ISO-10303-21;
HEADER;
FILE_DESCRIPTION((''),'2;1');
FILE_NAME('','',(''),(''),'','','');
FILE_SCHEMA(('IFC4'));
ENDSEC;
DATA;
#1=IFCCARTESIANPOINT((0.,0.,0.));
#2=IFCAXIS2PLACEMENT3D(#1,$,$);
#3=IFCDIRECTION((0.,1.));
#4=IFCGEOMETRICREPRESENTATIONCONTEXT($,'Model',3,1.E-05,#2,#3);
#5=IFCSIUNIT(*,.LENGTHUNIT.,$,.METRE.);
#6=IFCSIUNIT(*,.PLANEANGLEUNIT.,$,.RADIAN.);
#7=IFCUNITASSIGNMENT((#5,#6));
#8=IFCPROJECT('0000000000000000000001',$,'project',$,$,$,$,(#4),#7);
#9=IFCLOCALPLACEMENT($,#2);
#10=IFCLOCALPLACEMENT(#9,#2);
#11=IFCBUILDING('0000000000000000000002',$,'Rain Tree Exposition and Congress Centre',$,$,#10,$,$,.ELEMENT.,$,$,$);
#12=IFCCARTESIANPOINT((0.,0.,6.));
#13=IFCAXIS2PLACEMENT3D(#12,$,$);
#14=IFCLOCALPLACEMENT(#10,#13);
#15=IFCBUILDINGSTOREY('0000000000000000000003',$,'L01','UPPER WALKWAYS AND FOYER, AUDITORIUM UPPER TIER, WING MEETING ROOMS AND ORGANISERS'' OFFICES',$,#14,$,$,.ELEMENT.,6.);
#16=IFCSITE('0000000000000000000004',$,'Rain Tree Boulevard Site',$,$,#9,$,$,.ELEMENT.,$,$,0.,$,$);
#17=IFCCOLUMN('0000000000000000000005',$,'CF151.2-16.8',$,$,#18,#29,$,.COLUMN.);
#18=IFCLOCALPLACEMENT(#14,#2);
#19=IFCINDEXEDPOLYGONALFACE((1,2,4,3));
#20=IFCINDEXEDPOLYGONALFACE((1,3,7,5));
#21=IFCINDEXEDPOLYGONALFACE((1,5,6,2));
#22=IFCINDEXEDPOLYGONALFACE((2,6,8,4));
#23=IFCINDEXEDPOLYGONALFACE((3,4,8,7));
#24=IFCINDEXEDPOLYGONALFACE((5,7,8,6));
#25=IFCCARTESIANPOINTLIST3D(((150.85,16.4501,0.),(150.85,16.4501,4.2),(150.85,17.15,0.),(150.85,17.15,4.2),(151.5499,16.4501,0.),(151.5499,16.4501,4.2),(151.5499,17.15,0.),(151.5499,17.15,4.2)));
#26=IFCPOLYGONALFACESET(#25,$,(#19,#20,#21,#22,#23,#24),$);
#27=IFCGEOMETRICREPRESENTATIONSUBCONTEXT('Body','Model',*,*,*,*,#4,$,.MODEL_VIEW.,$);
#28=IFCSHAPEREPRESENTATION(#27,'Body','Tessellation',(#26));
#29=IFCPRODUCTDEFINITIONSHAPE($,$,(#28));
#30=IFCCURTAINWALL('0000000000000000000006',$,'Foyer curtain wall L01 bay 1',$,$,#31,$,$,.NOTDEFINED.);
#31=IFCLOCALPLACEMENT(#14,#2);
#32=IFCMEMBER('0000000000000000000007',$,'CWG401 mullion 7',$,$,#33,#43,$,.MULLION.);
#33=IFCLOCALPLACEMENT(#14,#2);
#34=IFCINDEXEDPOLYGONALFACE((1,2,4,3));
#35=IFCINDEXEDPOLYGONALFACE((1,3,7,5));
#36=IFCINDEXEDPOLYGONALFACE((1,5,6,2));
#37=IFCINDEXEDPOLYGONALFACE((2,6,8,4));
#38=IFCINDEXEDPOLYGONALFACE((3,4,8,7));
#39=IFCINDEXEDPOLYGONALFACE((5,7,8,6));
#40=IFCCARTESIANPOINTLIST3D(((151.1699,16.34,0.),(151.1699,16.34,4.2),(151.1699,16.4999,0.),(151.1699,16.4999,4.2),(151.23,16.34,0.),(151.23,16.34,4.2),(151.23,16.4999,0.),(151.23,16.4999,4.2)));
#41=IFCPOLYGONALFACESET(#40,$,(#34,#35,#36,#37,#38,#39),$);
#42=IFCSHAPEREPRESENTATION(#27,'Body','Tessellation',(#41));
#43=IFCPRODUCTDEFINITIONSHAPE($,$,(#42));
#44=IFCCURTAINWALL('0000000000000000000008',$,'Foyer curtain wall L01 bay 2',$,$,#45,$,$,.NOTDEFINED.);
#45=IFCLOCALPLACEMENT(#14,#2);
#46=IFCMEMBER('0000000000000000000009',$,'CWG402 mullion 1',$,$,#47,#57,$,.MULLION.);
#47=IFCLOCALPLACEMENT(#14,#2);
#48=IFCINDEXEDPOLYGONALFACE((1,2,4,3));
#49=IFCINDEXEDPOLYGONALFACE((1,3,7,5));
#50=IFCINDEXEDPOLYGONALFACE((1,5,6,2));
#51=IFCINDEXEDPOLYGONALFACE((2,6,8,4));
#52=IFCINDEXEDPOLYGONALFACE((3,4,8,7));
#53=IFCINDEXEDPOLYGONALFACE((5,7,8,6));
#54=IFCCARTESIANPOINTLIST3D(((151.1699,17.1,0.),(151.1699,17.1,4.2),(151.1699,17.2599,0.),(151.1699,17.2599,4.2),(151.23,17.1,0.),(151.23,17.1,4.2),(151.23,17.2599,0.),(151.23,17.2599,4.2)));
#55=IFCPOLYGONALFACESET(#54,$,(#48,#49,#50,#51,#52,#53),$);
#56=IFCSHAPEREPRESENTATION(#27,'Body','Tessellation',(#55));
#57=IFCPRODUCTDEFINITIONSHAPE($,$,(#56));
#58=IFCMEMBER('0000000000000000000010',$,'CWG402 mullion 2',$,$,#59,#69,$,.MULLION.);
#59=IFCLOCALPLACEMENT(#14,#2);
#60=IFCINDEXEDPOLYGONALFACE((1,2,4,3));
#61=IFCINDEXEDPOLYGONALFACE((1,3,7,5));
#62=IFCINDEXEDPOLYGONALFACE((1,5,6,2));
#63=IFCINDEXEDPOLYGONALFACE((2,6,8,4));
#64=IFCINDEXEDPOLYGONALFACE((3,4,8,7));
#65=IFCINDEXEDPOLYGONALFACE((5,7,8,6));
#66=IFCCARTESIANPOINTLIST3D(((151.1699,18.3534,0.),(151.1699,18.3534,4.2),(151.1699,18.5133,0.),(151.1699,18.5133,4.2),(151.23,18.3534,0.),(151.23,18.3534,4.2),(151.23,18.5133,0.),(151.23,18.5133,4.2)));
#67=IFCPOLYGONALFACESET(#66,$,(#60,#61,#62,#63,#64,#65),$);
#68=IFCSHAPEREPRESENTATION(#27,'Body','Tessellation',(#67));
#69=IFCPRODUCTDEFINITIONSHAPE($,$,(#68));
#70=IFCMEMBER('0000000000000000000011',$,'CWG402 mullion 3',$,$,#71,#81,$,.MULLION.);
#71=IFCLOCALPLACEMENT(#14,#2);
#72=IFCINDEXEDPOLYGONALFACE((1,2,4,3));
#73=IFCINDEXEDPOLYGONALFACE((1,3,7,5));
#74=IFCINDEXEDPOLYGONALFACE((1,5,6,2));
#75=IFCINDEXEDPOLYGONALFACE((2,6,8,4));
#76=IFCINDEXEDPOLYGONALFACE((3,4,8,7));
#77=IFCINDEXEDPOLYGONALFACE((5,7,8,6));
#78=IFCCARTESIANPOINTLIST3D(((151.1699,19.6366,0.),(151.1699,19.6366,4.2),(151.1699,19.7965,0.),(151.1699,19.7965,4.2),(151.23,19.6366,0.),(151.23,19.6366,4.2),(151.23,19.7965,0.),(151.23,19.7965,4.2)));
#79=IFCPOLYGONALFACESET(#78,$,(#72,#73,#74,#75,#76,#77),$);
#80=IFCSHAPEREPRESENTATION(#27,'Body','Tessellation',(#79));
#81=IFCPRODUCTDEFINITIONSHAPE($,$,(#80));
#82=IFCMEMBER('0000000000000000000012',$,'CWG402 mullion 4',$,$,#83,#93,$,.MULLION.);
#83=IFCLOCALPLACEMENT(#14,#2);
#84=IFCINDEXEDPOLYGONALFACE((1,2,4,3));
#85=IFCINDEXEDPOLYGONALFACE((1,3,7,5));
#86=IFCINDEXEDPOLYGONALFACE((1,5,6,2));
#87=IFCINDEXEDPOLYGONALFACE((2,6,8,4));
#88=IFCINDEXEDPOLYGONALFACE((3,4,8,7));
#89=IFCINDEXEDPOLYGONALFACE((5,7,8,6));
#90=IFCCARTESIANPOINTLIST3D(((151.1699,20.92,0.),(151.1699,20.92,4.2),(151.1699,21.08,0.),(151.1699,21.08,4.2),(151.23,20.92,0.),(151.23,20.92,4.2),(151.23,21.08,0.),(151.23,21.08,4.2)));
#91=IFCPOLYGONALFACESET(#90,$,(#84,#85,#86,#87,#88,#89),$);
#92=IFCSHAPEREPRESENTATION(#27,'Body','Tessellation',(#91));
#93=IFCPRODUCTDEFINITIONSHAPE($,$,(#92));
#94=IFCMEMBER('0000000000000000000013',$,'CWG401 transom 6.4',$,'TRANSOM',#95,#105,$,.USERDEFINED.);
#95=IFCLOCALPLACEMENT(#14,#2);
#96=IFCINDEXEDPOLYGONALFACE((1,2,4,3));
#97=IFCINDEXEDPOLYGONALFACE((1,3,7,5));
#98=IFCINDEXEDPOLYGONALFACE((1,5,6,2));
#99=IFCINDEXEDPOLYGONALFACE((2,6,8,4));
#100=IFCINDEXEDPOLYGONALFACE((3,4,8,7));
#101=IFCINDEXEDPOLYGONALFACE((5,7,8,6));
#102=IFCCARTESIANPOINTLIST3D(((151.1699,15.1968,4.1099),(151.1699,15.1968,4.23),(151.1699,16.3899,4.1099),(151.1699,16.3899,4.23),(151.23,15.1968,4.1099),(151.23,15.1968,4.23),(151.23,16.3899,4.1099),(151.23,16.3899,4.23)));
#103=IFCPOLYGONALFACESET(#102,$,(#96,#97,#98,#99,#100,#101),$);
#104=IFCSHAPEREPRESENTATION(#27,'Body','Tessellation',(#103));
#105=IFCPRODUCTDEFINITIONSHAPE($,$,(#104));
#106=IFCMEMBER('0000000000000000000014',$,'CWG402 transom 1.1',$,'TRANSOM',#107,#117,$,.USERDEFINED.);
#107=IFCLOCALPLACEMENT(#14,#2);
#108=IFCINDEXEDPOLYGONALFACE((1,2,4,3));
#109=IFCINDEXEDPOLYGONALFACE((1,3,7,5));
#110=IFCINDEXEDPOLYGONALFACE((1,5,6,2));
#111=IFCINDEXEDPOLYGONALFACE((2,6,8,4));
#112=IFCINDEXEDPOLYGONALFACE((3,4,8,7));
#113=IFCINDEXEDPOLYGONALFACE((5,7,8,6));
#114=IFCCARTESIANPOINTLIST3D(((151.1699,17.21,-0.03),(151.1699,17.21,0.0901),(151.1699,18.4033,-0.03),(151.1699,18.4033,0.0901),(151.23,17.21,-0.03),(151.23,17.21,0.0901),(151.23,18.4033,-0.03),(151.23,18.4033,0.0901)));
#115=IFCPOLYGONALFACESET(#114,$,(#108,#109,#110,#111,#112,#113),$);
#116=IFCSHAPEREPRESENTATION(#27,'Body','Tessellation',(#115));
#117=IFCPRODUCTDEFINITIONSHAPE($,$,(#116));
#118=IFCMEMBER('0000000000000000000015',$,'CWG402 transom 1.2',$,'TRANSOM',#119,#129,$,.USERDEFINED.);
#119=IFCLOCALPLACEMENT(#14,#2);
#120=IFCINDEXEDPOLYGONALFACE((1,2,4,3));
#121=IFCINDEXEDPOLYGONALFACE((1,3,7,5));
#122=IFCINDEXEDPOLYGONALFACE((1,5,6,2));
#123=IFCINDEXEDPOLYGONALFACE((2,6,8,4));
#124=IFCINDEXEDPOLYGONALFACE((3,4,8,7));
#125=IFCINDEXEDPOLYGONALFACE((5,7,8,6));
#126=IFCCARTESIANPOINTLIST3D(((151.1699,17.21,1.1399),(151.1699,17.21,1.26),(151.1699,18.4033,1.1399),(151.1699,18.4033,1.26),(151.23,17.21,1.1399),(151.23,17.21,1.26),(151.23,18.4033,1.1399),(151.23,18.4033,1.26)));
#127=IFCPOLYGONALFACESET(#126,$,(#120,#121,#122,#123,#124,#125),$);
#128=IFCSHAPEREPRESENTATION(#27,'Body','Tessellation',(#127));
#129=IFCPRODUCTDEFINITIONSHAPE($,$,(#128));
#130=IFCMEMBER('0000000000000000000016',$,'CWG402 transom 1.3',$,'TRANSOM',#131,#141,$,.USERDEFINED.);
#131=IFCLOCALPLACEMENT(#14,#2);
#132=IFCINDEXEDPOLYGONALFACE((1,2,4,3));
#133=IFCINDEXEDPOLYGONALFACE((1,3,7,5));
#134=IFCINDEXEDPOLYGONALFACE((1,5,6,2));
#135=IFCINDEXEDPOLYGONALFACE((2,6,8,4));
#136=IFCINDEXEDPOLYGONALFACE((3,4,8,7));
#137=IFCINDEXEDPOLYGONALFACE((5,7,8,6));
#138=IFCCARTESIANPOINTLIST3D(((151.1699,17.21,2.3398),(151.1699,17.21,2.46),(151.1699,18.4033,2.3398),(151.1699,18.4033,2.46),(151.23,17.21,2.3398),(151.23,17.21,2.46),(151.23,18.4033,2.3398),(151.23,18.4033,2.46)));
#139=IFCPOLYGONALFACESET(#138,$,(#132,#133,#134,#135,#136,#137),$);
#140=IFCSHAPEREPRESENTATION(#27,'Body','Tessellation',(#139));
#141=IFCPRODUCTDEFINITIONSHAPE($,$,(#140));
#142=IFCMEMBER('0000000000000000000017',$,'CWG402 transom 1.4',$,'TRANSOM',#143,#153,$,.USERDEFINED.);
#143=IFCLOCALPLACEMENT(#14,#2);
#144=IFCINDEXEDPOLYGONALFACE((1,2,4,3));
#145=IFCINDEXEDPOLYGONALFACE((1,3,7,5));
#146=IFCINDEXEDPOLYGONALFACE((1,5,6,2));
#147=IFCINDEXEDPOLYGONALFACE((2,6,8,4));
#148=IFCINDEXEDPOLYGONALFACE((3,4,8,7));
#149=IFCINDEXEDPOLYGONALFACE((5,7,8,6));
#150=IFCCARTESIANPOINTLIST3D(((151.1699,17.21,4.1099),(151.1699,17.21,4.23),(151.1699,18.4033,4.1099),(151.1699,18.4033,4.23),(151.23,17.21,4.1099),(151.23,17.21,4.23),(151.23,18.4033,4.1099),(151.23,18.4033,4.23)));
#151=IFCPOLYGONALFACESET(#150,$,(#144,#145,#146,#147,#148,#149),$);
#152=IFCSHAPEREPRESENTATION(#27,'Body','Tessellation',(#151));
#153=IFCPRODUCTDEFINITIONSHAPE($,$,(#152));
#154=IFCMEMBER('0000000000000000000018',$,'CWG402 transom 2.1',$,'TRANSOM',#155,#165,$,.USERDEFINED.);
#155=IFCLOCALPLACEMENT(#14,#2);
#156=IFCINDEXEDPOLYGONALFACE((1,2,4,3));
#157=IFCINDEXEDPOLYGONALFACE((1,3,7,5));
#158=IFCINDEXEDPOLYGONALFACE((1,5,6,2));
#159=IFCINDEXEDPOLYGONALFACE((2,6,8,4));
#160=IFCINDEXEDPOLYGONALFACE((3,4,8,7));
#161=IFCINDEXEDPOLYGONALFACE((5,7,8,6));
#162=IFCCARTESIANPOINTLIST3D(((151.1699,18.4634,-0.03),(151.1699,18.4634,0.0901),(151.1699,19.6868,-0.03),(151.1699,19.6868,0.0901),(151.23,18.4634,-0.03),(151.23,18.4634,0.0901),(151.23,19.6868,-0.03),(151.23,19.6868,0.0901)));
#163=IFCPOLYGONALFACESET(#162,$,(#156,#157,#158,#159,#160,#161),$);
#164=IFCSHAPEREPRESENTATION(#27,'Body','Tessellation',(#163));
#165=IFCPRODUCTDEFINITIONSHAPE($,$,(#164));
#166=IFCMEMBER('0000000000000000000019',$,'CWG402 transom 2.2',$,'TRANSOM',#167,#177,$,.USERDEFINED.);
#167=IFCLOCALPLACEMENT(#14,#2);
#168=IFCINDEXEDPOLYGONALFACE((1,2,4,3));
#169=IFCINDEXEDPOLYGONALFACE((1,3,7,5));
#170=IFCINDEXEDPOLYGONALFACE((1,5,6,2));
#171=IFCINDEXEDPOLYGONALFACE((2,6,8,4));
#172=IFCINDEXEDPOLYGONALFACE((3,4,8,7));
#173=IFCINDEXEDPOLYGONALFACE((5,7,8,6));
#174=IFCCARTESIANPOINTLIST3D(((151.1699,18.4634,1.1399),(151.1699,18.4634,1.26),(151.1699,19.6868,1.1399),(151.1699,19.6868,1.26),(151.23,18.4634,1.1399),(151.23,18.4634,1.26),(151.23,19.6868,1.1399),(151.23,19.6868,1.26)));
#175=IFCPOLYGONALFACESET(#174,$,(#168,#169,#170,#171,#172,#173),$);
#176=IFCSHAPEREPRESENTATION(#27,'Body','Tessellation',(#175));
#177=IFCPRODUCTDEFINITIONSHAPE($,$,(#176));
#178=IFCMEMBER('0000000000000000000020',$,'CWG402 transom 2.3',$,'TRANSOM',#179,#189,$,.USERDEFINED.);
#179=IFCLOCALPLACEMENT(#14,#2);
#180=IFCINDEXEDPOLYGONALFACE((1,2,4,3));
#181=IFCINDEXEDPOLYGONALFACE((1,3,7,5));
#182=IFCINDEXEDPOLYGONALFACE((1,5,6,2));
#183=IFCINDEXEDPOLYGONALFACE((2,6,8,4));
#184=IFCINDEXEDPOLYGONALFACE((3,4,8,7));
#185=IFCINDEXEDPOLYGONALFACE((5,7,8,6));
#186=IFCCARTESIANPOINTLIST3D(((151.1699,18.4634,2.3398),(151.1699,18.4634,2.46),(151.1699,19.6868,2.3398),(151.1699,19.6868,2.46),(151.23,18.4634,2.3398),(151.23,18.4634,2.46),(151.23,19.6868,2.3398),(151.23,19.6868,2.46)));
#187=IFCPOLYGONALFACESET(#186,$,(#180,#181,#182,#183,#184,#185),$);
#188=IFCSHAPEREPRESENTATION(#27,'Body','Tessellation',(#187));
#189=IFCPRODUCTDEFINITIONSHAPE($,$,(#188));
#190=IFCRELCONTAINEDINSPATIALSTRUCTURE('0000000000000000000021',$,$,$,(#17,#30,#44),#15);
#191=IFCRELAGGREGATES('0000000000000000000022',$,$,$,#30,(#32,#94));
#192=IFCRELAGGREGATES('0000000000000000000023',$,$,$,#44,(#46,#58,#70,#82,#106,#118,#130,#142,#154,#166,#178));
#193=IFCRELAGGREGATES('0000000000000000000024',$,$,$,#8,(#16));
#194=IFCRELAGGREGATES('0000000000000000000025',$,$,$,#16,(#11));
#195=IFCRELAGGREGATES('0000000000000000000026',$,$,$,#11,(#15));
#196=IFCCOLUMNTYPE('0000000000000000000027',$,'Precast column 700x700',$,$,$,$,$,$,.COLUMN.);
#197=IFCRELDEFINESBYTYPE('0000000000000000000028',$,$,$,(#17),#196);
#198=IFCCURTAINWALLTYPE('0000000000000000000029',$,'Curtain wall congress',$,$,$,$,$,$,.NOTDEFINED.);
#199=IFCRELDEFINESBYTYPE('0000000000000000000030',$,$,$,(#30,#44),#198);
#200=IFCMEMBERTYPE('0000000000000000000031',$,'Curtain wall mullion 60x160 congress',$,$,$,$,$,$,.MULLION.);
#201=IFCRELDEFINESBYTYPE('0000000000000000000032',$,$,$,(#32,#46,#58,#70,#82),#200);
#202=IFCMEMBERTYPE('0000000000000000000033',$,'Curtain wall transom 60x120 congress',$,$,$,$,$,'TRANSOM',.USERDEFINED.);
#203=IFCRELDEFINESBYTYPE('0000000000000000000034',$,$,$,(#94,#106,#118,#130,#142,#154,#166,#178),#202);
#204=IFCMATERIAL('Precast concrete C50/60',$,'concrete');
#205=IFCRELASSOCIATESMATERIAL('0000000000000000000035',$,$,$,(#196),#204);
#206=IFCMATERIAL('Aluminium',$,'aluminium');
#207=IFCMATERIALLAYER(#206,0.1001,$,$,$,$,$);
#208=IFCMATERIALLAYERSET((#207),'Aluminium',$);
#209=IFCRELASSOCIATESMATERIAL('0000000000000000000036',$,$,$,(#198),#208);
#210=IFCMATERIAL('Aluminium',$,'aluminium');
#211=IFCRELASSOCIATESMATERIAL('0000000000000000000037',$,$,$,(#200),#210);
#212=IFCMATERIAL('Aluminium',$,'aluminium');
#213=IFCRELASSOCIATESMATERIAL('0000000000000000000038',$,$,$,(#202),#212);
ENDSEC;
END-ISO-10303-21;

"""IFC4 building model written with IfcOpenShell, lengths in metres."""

from ifc_helpers import new_model, si_unit, direction, frame, origin, origin_2d, place, context, subcontext, project, spatial, rectangle, extrude, material, layer, layer_set, material_profile, profile_set, type_object, element, aggregate, save


model = new_model("IFC4")

# Units and contexts
model_context = context("Model", 3, precision=1e-05, world=origin(), true_north=direction((0.0, 1.0)))
body_context = subcontext(model_context, "Body", "Model", "MODEL_VIEW")
ifc_project = project(units=[si_unit("LENGTHUNIT", "METRE"), si_unit("PLANEANGLEUNIT", "RADIAN")], contexts=[model_context])

# Site, building, storey
site_placement = place(None, origin())
site = spatial("IfcSite", under=ifc_project, at=site_placement, Name="Rain Tree Boulevard Site", CompositionType="ELEMENT", RefElevation=0.0)
building_placement = place(site_placement, origin())
building = spatial("IfcBuilding", under=site, at=building_placement, Name="Rain Tree Exposition and Congress Centre", CompositionType="ELEMENT")
storey_placement = place(building_placement, frame((0.0, 0.0, 6.0)))
storey = spatial("IfcBuildingStorey", under=building, at=storey_placement, Name="L01", Description="UPPER WALKWAYS AND FOYER, AUDITORIUM UPPER TIER, WING MEETING ROOMS AND ORGANISERS' OFFICES", CompositionType="ELEMENT", Elevation=6.0)

# Column
ifc_material_1 = material(Name="Precast concrete C50/60", Category="concrete")
ifc_material_profile_1 = material_profile(ifc_material_1, rectangle(XDim=0.7, YDim=0.7, at=origin_2d()), Name="RC 700x700")
ifc_profile_set_1 = profile_set([ifc_material_profile_1], Name="Precast concrete C50/60")
column_type = type_object("IfcColumnType", Name="Precast column 700x700", PredefinedType="COLUMN", material=ifc_profile_set_1)
column_placement = place(storey_placement, frame((151.2, 16.8, 0.0), z_axis=(0.0, 0.0, 1.0), x_axis=(1.0, 0.0, 0.0)))
element("IfcColumn", 1, at=column_placement, inside=storey, type_object=column_type, Name="CF151.2-16.8", PredefinedType="COLUMN", context=body_context, shape_type="SweptSolid", body=[
    extrude(rectangle(XDim=0.7, YDim=0.7, at=origin_2d()), origin(), (0.0, 0.0, 1.0), 4.2),
])

# Curtain wall, member
ifc_material_2 = material(Name="Aluminium", Category="aluminium")
ifc_layer_1 = layer(ifc_material_2, 0.1001)
ifc_layer_set_1 = layer_set([ifc_layer_1], Name="Aluminium")
curtain_wall_type = type_object("IfcCurtainWallType", Name="Curtain wall congress", PredefinedType="NOTDEFINED", material=ifc_layer_set_1)
curtain_wall_1_placement = place(storey_placement, origin())
curtain_wall_1 = element("IfcCurtainWall", 2, at=curtain_wall_1_placement, inside=storey, type_object=curtain_wall_type, Name="Foyer curtain wall L01 bay 1", PredefinedType="NOTDEFINED")
ifc_material_3 = material(Name="Aluminium", Category="aluminium")
ifc_material_profile_2 = material_profile(ifc_material_3, rectangle(XDim=0.0601, YDim=0.1599, at=origin_2d()), Name="AL 60x160")
ifc_profile_set_2 = profile_set([ifc_material_profile_2], Name="Aluminium")
member_type_1 = type_object("IfcMemberType", Name="Curtain wall mullion 60x160 congress", PredefinedType="MULLION", material=ifc_profile_set_2)
member_1_placement = place(storey_placement, frame((151.2, 16.4199, 0.0), z_axis=(0.0, 0.0, 1.0), x_axis=(-1.0, 0.0, 0.0)))
member_1 = element("IfcMember", 3, at=member_1_placement, type_object=member_type_1, Name="CWG401 mullion 7", PredefinedType="MULLION", context=body_context, shape_type="SweptSolid", body=[
    extrude(rectangle(XDim=0.0601, YDim=0.1599, at=origin_2d()), origin(), (0.0, 0.0, 1.0), 4.2),
])

# Curtain wall, members
curtain_wall_2_placement = place(storey_placement, origin())
curtain_wall_2 = element("IfcCurtainWall", 4, at=curtain_wall_2_placement, inside=storey, type_object=curtain_wall_type, Name="Foyer curtain wall L01 bay 2", PredefinedType="NOTDEFINED")
member_2_placement = place(storey_placement, frame((151.2, 17.1799, 0.0), z_axis=(0.0, 0.0, 1.0), x_axis=(-1.0, 0.0, 0.0)))
member_2 = element("IfcMember", 5, at=member_2_placement, type_object=member_type_1, Name="CWG402 mullion 1", PredefinedType="MULLION", context=body_context, shape_type="SweptSolid", body=[
    extrude(rectangle(XDim=0.0601, YDim=0.1599, at=origin_2d()), origin(), (0.0, 0.0, 1.0), 4.2),
])
member_3_placement = place(storey_placement, frame((151.2, 18.4333, 0.0), z_axis=(0.0, 0.0, 1.0), x_axis=(-1.0, 0.0, 0.0)))
member_3 = element("IfcMember", 6, at=member_3_placement, type_object=member_type_1, Name="CWG402 mullion 2", PredefinedType="MULLION", context=body_context, shape_type="SweptSolid", body=[
    extrude(rectangle(XDim=0.0601, YDim=0.1599, at=origin_2d()), origin(), (0.0, 0.0, 1.0), 4.2),
])
member_4_placement = place(storey_placement, frame((151.2, 19.7166, 0.0), z_axis=(0.0, 0.0, 1.0), x_axis=(-1.0, 0.0, 0.0)))
member_4 = element("IfcMember", 7, at=member_4_placement, type_object=member_type_1, Name="CWG402 mullion 3", PredefinedType="MULLION", context=body_context, shape_type="SweptSolid", body=[
    extrude(rectangle(XDim=0.0601, YDim=0.1599, at=origin_2d()), origin(), (0.0, 0.0, 1.0), 4.2),
])
member_5_placement = place(storey_placement, frame((151.2, 21.0, 0.0), z_axis=(0.0, 0.0, 1.0), x_axis=(-1.0, 0.0, 0.0)))
member_5 = element("IfcMember", 8, at=member_5_placement, type_object=member_type_1, Name="CWG402 mullion 4", PredefinedType="MULLION", context=body_context, shape_type="SweptSolid", body=[
    extrude(rectangle(XDim=0.0601, YDim=0.1599, at=origin_2d()), origin(), (0.0, 0.0, 1.0), 4.2),
])

# Members
ifc_material_4 = material(Name="Aluminium", Category="aluminium")
ifc_material_profile_3 = material_profile(ifc_material_4, rectangle(XDim=0.0601, YDim=0.1201, at=origin_2d()), Name="AL 60x120")
ifc_profile_set_3 = profile_set([ifc_material_profile_3], Name="Aluminium")
member_type_2 = type_object("IfcMemberType", Name="Curtain wall transom 60x120 congress", ElementType="TRANSOM", PredefinedType="USERDEFINED", material=ifc_profile_set_3)
member_6_placement = place(storey_placement, frame((151.2, 15.1968, 4.1699), z_axis=(0.0, 1.0, 0.0), x_axis=(-1.0, 0.0, 0.0)))
member_6 = element("IfcMember", 9, at=member_6_placement, type_object=member_type_2, Name="CWG401 transom 6.4", ObjectType="TRANSOM", PredefinedType="USERDEFINED", context=body_context, shape_type="SweptSolid", body=[
    extrude(rectangle(XDim=0.0601, YDim=0.1201, at=origin_2d()), origin(), (0.0, 0.0, 1.0), 1.1931),
])
member_7_placement = place(storey_placement, frame((151.2, 17.21, 0.03), z_axis=(0.0, 1.0, 0.0), x_axis=(-1.0, 0.0, 0.0)))
member_7 = element("IfcMember", 10, at=member_7_placement, type_object=member_type_2, Name="CWG402 transom 1.1", ObjectType="TRANSOM", PredefinedType="USERDEFINED", context=body_context, shape_type="SweptSolid", body=[
    extrude(rectangle(XDim=0.0601, YDim=0.1201, at=origin_2d()), origin(), (0.0, 0.0, 1.0), 1.1934),
])
member_8_placement = place(storey_placement, frame((151.2, 17.21, 1.2), z_axis=(0.0, 1.0, 0.0), x_axis=(-1.0, 0.0, 0.0)))
member_8 = element("IfcMember", 11, at=member_8_placement, type_object=member_type_2, Name="CWG402 transom 1.2", ObjectType="TRANSOM", PredefinedType="USERDEFINED", context=body_context, shape_type="SweptSolid", body=[
    extrude(rectangle(XDim=0.0601, YDim=0.1201, at=origin_2d()), origin(), (0.0, 0.0, 1.0), 1.1934),
])
member_9_placement = place(storey_placement, frame((151.2, 17.21, 2.3999), z_axis=(0.0, 1.0, 0.0), x_axis=(-1.0, 0.0, 0.0)))
member_9 = element("IfcMember", 12, at=member_9_placement, type_object=member_type_2, Name="CWG402 transom 1.3", ObjectType="TRANSOM", PredefinedType="USERDEFINED", context=body_context, shape_type="SweptSolid", body=[
    extrude(rectangle(XDim=0.0601, YDim=0.1201, at=origin_2d()), origin(), (0.0, 0.0, 1.0), 1.1934),
])
member_10_placement = place(storey_placement, frame((151.2, 17.21, 4.1699), z_axis=(0.0, 1.0, 0.0), x_axis=(-1.0, 0.0, 0.0)))
member_10 = element("IfcMember", 13, at=member_10_placement, type_object=member_type_2, Name="CWG402 transom 1.4", ObjectType="TRANSOM", PredefinedType="USERDEFINED", context=body_context, shape_type="SweptSolid", body=[
    extrude(rectangle(XDim=0.0601, YDim=0.1201, at=origin_2d()), origin(), (0.0, 0.0, 1.0), 1.1934),
])
member_11_placement = place(storey_placement, frame((151.2, 18.4634, 0.03), z_axis=(0.0, 1.0, 0.0), x_axis=(-1.0, 0.0, 0.0)))
member_11 = element("IfcMember", 14, at=member_11_placement, type_object=member_type_2, Name="CWG402 transom 2.1", ObjectType="TRANSOM", PredefinedType="USERDEFINED", context=body_context, shape_type="SweptSolid", body=[
    extrude(rectangle(XDim=0.0601, YDim=0.1201, at=origin_2d()), origin(), (0.0, 0.0, 1.0), 1.2234),
])
member_12_placement = place(storey_placement, frame((151.2, 18.4634, 1.2), z_axis=(0.0, 1.0, 0.0), x_axis=(-1.0, 0.0, 0.0)))
member_12 = element("IfcMember", 15, at=member_12_placement, type_object=member_type_2, Name="CWG402 transom 2.2", ObjectType="TRANSOM", PredefinedType="USERDEFINED", context=body_context, shape_type="SweptSolid", body=[
    extrude(rectangle(XDim=0.0601, YDim=0.1201, at=origin_2d()), origin(), (0.0, 0.0, 1.0), 1.2234),
])
member_13_placement = place(storey_placement, frame((151.2, 18.4634, 2.3999), z_axis=(0.0, 1.0, 0.0), x_axis=(-1.0, 0.0, 0.0)))
member_13 = element("IfcMember", 16, at=member_13_placement, type_object=member_type_2, Name="CWG402 transom 2.3", ObjectType="TRANSOM", PredefinedType="USERDEFINED", context=body_context, shape_type="SweptSolid", body=[
    extrude(rectangle(XDim=0.0601, YDim=0.1201, at=origin_2d()), origin(), (0.0, 0.0, 1.0), 1.2234),
])

aggregate(curtain_wall_1, [member_1, member_6])
aggregate(curtain_wall_2, [member_2, member_3, member_4, member_5, member_7, member_8, member_9, member_10, member_11, member_12, member_13])

save(model, "model.ifc")
